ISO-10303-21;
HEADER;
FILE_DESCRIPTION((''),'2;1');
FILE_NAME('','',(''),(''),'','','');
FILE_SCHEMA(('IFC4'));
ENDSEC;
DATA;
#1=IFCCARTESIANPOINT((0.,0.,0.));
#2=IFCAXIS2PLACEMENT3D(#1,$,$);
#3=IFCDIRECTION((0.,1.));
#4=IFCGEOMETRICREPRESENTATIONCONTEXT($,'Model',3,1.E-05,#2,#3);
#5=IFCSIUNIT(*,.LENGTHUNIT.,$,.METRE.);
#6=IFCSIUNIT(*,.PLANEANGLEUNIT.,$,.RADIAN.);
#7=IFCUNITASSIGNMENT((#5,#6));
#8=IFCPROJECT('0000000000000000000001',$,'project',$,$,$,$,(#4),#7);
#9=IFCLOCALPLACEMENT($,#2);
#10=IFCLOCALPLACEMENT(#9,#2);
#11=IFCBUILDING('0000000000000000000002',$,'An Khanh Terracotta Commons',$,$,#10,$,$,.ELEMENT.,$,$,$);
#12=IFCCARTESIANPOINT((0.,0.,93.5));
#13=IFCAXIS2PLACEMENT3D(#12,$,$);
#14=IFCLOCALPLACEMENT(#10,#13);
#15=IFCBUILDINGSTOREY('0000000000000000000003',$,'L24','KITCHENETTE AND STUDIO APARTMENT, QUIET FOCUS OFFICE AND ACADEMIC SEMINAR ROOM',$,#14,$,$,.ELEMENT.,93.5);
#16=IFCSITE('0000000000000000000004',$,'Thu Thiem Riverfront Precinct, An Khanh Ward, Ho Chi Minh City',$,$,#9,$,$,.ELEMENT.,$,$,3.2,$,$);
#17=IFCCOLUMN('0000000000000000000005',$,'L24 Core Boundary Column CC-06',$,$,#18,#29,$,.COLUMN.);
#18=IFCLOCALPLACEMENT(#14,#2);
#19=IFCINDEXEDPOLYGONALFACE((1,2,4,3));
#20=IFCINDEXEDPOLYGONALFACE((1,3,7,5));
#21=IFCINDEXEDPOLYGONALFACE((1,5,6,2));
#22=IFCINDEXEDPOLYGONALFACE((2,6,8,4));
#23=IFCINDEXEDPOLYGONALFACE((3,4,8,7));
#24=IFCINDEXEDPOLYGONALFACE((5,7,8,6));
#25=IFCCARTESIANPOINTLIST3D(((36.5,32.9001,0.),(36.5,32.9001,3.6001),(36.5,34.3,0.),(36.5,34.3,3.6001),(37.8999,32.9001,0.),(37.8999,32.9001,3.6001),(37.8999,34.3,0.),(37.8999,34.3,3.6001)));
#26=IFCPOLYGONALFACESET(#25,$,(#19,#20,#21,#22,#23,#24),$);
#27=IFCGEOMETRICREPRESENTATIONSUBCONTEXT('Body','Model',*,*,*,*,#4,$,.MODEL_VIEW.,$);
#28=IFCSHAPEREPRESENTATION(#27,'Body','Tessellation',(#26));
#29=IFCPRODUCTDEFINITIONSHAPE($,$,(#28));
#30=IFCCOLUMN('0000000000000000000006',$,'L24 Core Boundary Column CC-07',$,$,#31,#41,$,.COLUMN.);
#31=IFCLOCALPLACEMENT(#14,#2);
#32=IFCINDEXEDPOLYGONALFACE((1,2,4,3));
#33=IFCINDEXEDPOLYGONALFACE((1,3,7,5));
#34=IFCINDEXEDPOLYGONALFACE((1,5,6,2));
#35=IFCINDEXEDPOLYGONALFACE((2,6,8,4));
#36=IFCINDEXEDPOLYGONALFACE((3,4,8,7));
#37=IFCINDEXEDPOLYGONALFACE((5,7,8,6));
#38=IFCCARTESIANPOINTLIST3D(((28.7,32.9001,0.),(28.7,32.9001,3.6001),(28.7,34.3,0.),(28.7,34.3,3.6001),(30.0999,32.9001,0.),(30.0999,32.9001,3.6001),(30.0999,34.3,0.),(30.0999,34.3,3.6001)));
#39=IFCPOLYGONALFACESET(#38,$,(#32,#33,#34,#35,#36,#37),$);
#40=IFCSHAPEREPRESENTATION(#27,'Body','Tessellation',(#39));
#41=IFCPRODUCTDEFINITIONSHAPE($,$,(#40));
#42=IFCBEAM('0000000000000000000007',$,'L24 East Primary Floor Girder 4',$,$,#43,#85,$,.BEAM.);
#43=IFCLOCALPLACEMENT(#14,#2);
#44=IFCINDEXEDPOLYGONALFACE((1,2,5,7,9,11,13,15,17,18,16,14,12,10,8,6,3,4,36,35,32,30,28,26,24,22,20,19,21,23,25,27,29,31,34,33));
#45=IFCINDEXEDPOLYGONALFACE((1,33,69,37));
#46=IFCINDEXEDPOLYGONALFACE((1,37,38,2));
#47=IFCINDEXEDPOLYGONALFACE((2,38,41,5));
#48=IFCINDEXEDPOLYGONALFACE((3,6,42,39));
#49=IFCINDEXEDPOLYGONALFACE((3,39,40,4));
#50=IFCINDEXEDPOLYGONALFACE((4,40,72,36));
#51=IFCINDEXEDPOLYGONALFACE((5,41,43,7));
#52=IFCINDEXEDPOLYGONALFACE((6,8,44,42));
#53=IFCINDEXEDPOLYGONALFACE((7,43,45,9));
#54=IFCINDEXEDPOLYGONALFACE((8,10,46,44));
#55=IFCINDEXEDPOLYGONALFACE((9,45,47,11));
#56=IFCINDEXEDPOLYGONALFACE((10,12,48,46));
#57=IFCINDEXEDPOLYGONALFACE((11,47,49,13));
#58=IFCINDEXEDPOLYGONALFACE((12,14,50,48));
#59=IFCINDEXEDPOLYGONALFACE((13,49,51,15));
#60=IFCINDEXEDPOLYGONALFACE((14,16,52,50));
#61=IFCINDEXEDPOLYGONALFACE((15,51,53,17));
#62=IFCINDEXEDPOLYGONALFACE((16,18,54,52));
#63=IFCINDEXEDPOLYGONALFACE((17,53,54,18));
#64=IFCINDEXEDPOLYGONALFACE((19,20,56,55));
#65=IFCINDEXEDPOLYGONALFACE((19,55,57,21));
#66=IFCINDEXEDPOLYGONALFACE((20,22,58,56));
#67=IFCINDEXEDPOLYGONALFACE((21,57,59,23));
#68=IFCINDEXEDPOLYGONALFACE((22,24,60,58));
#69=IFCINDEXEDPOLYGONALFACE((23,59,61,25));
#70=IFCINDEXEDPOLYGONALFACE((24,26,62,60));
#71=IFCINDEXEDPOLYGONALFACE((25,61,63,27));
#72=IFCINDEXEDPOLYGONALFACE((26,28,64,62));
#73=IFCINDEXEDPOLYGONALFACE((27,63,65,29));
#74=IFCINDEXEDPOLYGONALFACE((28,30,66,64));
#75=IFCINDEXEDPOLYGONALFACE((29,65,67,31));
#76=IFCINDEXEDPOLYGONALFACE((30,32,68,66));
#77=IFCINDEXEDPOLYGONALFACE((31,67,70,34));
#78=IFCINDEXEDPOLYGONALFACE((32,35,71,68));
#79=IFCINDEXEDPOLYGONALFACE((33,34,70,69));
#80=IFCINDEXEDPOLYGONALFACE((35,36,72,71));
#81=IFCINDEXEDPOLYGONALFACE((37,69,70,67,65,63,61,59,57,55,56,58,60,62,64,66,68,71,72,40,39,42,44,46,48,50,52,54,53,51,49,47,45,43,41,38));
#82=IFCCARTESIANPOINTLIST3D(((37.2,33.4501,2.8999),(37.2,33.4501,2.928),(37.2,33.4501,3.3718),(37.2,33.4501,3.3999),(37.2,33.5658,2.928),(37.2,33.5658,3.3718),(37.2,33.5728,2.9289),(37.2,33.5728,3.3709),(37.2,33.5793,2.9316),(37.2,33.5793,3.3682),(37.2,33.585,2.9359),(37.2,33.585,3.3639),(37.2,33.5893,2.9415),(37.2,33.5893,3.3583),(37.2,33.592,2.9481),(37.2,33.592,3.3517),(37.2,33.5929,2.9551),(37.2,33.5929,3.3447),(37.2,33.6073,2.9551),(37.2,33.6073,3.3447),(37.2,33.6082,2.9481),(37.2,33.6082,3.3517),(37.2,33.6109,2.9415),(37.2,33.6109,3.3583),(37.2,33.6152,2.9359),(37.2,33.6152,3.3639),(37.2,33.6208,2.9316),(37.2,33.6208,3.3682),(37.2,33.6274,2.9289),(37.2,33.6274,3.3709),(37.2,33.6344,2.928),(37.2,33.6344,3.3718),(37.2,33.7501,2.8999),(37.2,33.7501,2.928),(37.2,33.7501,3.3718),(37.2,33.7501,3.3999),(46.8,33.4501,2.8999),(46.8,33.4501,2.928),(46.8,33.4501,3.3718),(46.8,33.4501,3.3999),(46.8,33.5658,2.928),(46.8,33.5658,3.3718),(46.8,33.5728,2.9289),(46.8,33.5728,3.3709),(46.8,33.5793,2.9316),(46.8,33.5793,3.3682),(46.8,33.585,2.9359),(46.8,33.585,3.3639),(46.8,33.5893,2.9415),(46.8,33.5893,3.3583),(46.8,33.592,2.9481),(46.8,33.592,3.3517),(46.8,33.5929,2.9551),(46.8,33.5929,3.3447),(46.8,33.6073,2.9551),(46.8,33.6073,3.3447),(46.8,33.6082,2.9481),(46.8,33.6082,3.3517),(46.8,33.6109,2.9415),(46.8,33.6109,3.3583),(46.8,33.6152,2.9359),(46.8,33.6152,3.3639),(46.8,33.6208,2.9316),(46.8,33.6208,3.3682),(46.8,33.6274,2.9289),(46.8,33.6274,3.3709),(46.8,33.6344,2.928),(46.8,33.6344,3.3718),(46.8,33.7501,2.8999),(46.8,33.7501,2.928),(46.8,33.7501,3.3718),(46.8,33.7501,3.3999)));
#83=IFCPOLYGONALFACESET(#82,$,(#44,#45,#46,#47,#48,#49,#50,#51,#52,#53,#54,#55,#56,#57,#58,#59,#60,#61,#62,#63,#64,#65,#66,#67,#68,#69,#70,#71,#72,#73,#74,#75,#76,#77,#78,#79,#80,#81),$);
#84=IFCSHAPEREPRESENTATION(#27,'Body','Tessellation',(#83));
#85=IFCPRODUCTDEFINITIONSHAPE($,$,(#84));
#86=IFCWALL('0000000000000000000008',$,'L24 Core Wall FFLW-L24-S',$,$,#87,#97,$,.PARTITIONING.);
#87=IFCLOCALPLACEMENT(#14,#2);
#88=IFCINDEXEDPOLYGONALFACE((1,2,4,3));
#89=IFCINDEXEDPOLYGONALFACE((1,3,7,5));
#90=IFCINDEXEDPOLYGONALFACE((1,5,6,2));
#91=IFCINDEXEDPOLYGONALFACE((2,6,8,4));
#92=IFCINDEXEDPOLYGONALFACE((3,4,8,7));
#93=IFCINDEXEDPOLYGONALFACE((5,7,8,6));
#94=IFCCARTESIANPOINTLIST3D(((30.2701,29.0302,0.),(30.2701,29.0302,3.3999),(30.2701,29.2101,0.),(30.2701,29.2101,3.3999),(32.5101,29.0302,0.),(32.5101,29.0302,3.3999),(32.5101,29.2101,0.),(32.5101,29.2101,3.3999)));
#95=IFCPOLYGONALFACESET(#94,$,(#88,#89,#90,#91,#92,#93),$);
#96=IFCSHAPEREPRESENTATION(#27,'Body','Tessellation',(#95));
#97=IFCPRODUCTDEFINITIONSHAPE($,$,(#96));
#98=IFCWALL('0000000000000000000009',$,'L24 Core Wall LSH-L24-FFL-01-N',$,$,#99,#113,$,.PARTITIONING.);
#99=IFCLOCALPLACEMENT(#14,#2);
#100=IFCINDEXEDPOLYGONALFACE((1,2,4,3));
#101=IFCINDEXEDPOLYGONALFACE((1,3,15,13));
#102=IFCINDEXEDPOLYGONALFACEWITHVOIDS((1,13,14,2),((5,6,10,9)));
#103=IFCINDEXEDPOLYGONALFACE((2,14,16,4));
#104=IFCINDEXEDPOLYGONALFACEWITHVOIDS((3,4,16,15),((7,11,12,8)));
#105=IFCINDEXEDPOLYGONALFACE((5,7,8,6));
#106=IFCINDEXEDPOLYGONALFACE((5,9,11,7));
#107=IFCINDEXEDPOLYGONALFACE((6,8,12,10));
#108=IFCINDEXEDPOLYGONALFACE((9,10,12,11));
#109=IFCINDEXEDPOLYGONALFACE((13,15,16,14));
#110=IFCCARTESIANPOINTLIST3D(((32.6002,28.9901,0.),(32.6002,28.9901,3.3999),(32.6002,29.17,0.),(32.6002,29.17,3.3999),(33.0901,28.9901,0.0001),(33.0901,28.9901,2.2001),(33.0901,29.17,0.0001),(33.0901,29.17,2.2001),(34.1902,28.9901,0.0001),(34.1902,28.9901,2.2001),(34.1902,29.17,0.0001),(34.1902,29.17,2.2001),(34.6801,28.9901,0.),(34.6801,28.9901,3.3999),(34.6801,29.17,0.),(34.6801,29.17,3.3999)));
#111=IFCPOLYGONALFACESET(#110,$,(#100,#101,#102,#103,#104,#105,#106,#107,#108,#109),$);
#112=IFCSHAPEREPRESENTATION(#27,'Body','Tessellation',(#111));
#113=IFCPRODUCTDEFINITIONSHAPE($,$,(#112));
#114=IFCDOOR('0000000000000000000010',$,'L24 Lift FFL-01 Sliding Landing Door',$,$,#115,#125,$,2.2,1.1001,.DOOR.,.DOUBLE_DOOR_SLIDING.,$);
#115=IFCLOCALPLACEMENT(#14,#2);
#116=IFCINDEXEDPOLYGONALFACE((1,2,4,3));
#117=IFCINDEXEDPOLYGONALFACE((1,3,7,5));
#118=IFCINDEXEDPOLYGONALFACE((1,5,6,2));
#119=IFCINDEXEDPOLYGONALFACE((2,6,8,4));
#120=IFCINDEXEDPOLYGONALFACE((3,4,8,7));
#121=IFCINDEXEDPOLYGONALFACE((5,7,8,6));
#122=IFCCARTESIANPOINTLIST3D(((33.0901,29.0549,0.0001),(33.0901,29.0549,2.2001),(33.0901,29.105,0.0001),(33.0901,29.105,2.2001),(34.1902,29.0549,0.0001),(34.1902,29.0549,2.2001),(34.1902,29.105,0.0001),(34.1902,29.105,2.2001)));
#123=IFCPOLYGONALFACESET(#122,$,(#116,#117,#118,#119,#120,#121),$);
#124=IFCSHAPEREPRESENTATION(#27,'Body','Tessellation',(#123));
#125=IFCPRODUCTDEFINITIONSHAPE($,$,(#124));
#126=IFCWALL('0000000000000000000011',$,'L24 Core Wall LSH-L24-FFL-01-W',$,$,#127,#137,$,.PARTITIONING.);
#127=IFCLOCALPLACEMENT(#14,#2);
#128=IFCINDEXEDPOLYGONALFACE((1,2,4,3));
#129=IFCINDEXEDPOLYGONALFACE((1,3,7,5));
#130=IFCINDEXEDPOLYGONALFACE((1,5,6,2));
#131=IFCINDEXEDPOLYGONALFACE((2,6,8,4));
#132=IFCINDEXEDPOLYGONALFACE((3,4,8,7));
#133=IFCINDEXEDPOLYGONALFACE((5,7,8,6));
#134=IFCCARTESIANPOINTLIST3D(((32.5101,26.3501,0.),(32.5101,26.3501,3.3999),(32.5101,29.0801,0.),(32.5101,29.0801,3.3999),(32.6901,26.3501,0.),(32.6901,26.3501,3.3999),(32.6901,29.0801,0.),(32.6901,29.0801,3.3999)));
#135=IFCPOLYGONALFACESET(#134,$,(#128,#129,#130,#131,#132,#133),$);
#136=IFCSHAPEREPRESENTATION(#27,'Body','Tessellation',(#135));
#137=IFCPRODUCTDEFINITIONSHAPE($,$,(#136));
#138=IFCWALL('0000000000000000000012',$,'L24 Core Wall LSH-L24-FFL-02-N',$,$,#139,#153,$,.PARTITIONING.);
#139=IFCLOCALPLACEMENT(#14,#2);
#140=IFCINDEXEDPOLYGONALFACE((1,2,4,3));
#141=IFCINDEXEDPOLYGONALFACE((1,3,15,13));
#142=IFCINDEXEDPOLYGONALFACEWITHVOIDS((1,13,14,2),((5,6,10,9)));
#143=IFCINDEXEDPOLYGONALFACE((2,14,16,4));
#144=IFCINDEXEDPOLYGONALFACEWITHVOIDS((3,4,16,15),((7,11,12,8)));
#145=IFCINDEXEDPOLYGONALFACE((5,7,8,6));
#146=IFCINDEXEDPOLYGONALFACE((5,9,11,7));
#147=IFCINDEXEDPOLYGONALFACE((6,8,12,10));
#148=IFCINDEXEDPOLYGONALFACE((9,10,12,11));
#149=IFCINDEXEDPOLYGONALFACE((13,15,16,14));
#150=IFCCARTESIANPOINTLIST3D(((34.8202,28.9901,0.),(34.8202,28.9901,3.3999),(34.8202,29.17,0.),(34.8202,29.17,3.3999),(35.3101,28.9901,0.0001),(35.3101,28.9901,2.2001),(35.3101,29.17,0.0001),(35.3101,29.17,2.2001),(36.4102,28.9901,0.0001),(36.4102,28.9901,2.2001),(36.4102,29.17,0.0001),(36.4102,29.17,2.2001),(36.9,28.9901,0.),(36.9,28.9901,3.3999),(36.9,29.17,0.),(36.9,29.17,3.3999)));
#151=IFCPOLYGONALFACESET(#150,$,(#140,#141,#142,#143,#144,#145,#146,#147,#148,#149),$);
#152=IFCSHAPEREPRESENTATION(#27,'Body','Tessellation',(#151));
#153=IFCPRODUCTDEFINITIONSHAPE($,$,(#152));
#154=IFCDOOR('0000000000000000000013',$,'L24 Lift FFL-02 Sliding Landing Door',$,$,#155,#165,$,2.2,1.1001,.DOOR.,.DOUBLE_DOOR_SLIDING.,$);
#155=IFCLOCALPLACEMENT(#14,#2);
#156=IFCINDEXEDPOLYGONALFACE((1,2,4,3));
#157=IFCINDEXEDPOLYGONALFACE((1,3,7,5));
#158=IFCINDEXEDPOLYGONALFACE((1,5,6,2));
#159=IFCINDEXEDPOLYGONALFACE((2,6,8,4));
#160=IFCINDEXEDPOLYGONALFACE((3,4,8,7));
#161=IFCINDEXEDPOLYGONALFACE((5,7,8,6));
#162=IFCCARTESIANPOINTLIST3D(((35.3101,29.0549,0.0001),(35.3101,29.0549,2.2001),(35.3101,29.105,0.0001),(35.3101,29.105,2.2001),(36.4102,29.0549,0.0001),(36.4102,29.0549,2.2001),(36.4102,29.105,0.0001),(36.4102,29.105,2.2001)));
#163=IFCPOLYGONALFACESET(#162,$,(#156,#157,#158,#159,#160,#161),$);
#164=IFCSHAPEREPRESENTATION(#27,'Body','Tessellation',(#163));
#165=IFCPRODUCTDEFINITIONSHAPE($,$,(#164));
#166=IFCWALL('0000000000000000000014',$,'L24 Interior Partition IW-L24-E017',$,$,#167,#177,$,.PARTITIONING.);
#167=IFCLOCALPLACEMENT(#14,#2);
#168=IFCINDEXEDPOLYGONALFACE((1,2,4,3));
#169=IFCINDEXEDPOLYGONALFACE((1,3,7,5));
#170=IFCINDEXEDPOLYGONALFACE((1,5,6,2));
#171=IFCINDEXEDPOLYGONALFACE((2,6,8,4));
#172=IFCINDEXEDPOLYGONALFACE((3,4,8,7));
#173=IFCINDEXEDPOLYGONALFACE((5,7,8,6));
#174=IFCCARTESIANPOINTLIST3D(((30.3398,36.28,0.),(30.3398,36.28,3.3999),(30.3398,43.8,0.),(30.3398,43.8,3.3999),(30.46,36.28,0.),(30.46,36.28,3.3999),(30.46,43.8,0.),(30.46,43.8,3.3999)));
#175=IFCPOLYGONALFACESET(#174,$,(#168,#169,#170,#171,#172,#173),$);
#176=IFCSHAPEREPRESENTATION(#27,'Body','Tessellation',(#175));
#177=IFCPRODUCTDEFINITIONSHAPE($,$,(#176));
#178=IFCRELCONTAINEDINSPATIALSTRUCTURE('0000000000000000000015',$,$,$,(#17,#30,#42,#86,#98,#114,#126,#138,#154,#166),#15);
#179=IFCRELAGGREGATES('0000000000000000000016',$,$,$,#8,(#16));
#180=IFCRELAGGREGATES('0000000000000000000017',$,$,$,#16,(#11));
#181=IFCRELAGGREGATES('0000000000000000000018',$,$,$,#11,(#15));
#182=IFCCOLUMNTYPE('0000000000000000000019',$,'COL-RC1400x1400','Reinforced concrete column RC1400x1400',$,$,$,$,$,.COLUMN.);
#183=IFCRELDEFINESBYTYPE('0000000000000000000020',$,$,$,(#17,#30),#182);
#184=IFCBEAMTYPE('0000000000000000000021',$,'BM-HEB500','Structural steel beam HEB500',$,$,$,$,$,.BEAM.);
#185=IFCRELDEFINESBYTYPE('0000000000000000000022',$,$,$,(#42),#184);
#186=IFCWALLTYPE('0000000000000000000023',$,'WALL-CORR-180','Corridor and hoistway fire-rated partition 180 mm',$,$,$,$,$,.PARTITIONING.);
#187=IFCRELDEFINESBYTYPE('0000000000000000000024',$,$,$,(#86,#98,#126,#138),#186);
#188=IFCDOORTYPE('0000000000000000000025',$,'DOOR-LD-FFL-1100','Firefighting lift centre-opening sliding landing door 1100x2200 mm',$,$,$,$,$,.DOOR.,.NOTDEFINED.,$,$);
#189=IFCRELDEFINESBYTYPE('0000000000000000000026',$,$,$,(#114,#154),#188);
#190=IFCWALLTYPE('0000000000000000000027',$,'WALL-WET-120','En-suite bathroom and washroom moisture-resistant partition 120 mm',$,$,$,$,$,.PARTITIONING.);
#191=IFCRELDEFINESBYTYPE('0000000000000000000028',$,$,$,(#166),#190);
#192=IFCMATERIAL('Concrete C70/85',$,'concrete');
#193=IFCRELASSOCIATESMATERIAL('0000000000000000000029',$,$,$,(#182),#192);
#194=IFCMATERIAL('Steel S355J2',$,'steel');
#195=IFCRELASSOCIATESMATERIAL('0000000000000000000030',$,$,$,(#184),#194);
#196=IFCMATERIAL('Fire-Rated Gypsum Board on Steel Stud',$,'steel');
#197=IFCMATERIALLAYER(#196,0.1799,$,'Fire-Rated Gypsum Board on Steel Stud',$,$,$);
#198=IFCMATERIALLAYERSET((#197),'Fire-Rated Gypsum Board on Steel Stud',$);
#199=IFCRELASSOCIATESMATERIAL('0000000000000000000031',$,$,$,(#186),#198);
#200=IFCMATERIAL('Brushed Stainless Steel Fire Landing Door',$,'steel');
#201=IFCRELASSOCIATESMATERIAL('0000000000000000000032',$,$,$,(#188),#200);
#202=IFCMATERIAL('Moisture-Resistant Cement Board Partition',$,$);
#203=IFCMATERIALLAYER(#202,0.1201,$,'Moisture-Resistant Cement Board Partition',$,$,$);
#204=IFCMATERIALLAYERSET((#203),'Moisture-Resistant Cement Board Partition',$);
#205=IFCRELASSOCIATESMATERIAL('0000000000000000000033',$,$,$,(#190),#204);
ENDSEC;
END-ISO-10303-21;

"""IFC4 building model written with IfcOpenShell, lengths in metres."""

from ifc_helpers import new_model, si_unit, direction, frame, frame_2d, origin, origin_2d, place, context, subcontext, project, spatial, rectangle, i_section, extrude, material, layer, layer_set, material_profile, profile_set, type_object, element, fill, save


model = new_model("IFC4")

# Units and contexts
model_context = context("Model", 3, precision=1e-05, world=origin(), true_north=direction((0.0, 1.0)))
body_context = subcontext(model_context, "Body", "Model", "MODEL_VIEW")
ifc_project = project(units=[si_unit("LENGTHUNIT", "METRE"), si_unit("PLANEANGLEUNIT", "RADIAN")], contexts=[model_context])

# Site, building, storey
site_placement = place(None, origin())
site = spatial("IfcSite", under=ifc_project, at=site_placement, Name="Thu Thiem Riverfront Precinct, An Khanh Ward, Ho Chi Minh City", CompositionType="ELEMENT", RefElevation=3.2)
building_placement = place(site_placement, origin())
building = spatial("IfcBuilding", under=site, at=building_placement, Name="An Khanh Terracotta Commons", CompositionType="ELEMENT")
storey_placement = place(building_placement, frame((0.0, 0.0, 93.5)))
storey = spatial("IfcBuildingStorey", under=building, at=storey_placement, Name="L24", Description="KITCHENETTE AND STUDIO APARTMENT, QUIET FOCUS OFFICE AND ACADEMIC SEMINAR ROOM", CompositionType="ELEMENT", Elevation=93.5)

# Columns
ifc_material_1 = material(Name="Concrete C70/85", Category="concrete")
ifc_material_profile_1 = material_profile(ifc_material_1, rectangle(XDim=1.3999, YDim=1.3999, at=origin_2d()), Name="RC1400x1400")
ifc_profile_set_1 = profile_set([ifc_material_profile_1], Name="Concrete C70/85")
column_type = type_object("IfcColumnType", Name="COL-RC1400x1400", Description="Reinforced concrete column RC1400x1400", PredefinedType="COLUMN", material=ifc_profile_set_1)
for number, where, z_axis, x_axis, name in (
    (1, (37.2, 33.6001, 0.0), (0.0, 0.0, 1.0), (1.0, 0.0, 0.0), "L24 Core Boundary Column CC-06"),
    (2, (29.3999, 33.6001, 0.0), (0.0, 0.0, 1.0), (1.0, 0.0, 0.0), "L24 Core Boundary Column CC-07"),
):
    element("IfcColumn", number, at=place(storey_placement, frame(where, z_axis=z_axis, x_axis=x_axis)), inside=storey, type_object=column_type, Name=name, PredefinedType="COLUMN", context=body_context, shape_type="SweptSolid", body=[
        extrude(rectangle(XDim=1.3999, YDim=1.3999, at=origin_2d()), origin(), (0.0, 0.0, 1.0), 3.6001),
    ])

# Beam
ifc_material_2 = material(Name="Steel S355J2", Category="steel")
ifc_material_profile_2 = material_profile(ifc_material_2, i_section(OverallWidth=0.3, OverallDepth=0.5, WebThickness=0.0144, FlangeThickness=0.0281, FilletRadius=0.0271, at=origin_2d()), Name="HEB500")
ifc_profile_set_2 = profile_set([ifc_material_profile_2], Name="Steel S355J2")
beam_type = type_object("IfcBeamType", Name="BM-HEB500", Description="Structural steel beam HEB500", PredefinedType="BEAM", material=ifc_profile_set_2)
beam_placement = place(storey_placement, frame((37.2, 33.6001, 3.1499), z_axis=(1.0, 0.0, 0.0), x_axis=(0.0, 1.0, 0.0)))
element("IfcBeam", 3, at=beam_placement, inside=storey, type_object=beam_type, Name="L24 East Primary Floor Girder 4", PredefinedType="BEAM", context=body_context, shape_type="SweptSolid", body=[
    extrude(i_section(OverallWidth=0.3, OverallDepth=0.5, WebThickness=0.0144, FlangeThickness=0.0281, FilletRadius=0.0271, at=origin_2d()), origin(), (0.0, 0.0, 1.0), 9.6001),
])

# Wall
ifc_material_3 = material(Name="Fire-Rated Gypsum Board on Steel Stud", Category="steel")
ifc_layer_1 = layer(ifc_material_3, 0.1799, Name="Fire-Rated Gypsum Board on Steel Stud")
ifc_layer_set_1 = layer_set([ifc_layer_1], Name="Fire-Rated Gypsum Board on Steel Stud")
wall_type_1 = type_object("IfcWallType", Name="WALL-CORR-180", Description="Corridor and hoistway fire-rated partition 180 mm", PredefinedType="PARTITIONING", material=ifc_layer_set_1)
wall_1_placement = place(storey_placement, frame((30.27, 29.1201, 0.0), z_axis=(0.0, 0.0, 1.0), x_axis=(1.0, 0.0, 0.0)))
element("IfcWall", 4, at=wall_1_placement, inside=storey, type_object=wall_type_1, Name="L24 Core Wall FFLW-L24-S", PredefinedType="PARTITIONING", context=body_context, shape_type="SweptSolid", body=[
    extrude(rectangle(XDim=2.24, YDim=0.1799, at=frame_2d((1.1201, 0.0))), origin(), (0.0, 0.0, 1.0), 3.3999),
])

# Wall, opening, door
wall_2_placement = place(storey_placement, frame((32.6001, 29.0801, 0.0), z_axis=(0.0, 0.0, 1.0), x_axis=(1.0, 0.0, 0.0)))
wall_2 = element("IfcWall", 5, at=wall_2_placement, inside=storey, type_object=wall_type_1, Name="L24 Core Wall LSH-L24-FFL-01-N", PredefinedType="PARTITIONING", context=body_context, shape_type="SweptSolid", body=[
    extrude(rectangle(XDim=2.0798, YDim=0.1799, at=frame_2d((1.04, 0.0))), origin(), (0.0, 0.0, 1.0), 3.3999),
])
opening_1_placement = place(wall_2_placement, frame((0.49, 0.0, 0.0)))
opening_1 = element("IfcOpeningElement", 6, at=opening_1_placement, cuts=wall_2, PredefinedType="OPENING", context=body_context, shape_type="SweptSolid", body=[
    extrude(rectangle(XDim=1.1001, YDim=2.2, at=frame_2d((0.55, 1.1001))), frame((0.0, 0.0999, 0.0), z_axis=(0.0, -1.0, 0.0), x_axis=(1.0, 0.0, 0.0)), (0.0, 0.0, 1.0), 0.2),
])
ifc_material_4 = material(Name="Brushed Stainless Steel Fire Landing Door", Category="steel")
door_type_1 = type_object("IfcDoorType", Name="DOOR-LD-FFL-1100", Description="Firefighting lift centre-opening sliding landing door 1100x2200 mm", OperationType="NOTDEFINED", PredefinedType="DOOR", material=ifc_material_4)
door_1_placement = place(opening_1_placement, origin())
door_1 = element("IfcDoor", 7, at=door_1_placement, inside=storey, type_object=door_type_1, Name="L24 Lift FFL-01 Sliding Landing Door", OperationType="DOUBLE_DOOR_SLIDING", OverallHeight=2.2, OverallWidth=1.1001, PredefinedType="DOOR", context=body_context, shape_type="SweptSolid", body=[
    extrude(rectangle(XDim=1.1001, YDim=2.2, at=frame_2d((0.55, 1.1001))), frame((0.0, 0.0249, 0.0), z_axis=(0.0, -1.0, 0.0), x_axis=(1.0, 0.0, 0.0)), (0.0, 0.0, 1.0), 0.05),
])
fill(opening_1, door_1)

# Wall
wall_3_placement = place(storey_placement, frame((32.6001, 29.0801, 0.0), z_axis=(0.0, 0.0, 1.0), x_axis=(0.0, -1.0, 0.0)))
element("IfcWall", 8, at=wall_3_placement, inside=storey, type_object=wall_type_1, Name="L24 Core Wall LSH-L24-FFL-01-W", PredefinedType="PARTITIONING", context=body_context, shape_type="SweptSolid", body=[
    extrude(rectangle(XDim=2.73, YDim=0.1799, at=frame_2d((1.365, 0.0))), origin(), (0.0, 0.0, 1.0), 3.3999),
])

# Wall, opening, door
wall_4_placement = place(storey_placement, frame((34.8201, 29.0801, 0.0), z_axis=(0.0, 0.0, 1.0), x_axis=(1.0, 0.0, 0.0)))
wall_4 = element("IfcWall", 9, at=wall_4_placement, inside=storey, type_object=wall_type_1, Name="L24 Core Wall LSH-L24-FFL-02-N", PredefinedType="PARTITIONING", context=body_context, shape_type="SweptSolid", body=[
    extrude(rectangle(XDim=2.0798, YDim=0.1799, at=frame_2d((1.04, 0.0))), origin(), (0.0, 0.0, 1.0), 3.3999),
])
opening_2_placement = place(wall_4_placement, frame((0.49, 0.0, 0.0)))
opening_2 = element("IfcOpeningElement", 10, at=opening_2_placement, cuts=wall_4, PredefinedType="OPENING", context=body_context, shape_type="SweptSolid", body=[
    extrude(rectangle(XDim=1.1001, YDim=2.2, at=frame_2d((0.55, 1.1001))), frame((0.0, 0.0999, 0.0), z_axis=(0.0, -1.0, 0.0), x_axis=(1.0, 0.0, 0.0)), (0.0, 0.0, 1.0), 0.2),
])
door_2_placement = place(opening_2_placement, origin())
door_2 = element("IfcDoor", 11, at=door_2_placement, inside=storey, type_object=door_type_1, Name="L24 Lift FFL-02 Sliding Landing Door", OperationType="DOUBLE_DOOR_SLIDING", OverallHeight=2.2, OverallWidth=1.1001, PredefinedType="DOOR", context=body_context, shape_type="SweptSolid", body=[
    extrude(rectangle(XDim=1.1001, YDim=2.2, at=frame_2d((0.55, 1.1001))), frame((0.0, 0.0249, 0.0), z_axis=(0.0, -1.0, 0.0), x_axis=(1.0, 0.0, 0.0)), (0.0, 0.0, 1.0), 0.05),
])
fill(opening_2, door_2)

# Wall
ifc_material_5 = material(Name="Moisture-Resistant Cement Board Partition")
ifc_layer_2 = layer(ifc_material_5, 0.1201, Name="Moisture-Resistant Cement Board Partition")
ifc_layer_set_2 = layer_set([ifc_layer_2], Name="Moisture-Resistant Cement Board Partition")
wall_type_2 = type_object("IfcWallType", Name="WALL-WET-120", Description="En-suite bathroom and washroom moisture-resistant partition 120 mm", PredefinedType="PARTITIONING", material=ifc_layer_set_2)
wall_5_placement = place(storey_placement, frame((30.3999, 36.28, 0.0), z_axis=(0.0, 0.0, 1.0), x_axis=(0.0, 1.0, 0.0)))
element("IfcWall", 12, at=wall_5_placement, inside=storey, type_object=wall_type_2, Name="L24 Interior Partition IW-L24-E017", PredefinedType="PARTITIONING", context=body_context, shape_type="SweptSolid", body=[
    extrude(rectangle(XDim=7.52, YDim=0.1201, at=frame_2d((3.76, 0.0))), origin(), (0.0, 0.0, 1.0), 3.3999),
])

save(model, "model.ifc")
